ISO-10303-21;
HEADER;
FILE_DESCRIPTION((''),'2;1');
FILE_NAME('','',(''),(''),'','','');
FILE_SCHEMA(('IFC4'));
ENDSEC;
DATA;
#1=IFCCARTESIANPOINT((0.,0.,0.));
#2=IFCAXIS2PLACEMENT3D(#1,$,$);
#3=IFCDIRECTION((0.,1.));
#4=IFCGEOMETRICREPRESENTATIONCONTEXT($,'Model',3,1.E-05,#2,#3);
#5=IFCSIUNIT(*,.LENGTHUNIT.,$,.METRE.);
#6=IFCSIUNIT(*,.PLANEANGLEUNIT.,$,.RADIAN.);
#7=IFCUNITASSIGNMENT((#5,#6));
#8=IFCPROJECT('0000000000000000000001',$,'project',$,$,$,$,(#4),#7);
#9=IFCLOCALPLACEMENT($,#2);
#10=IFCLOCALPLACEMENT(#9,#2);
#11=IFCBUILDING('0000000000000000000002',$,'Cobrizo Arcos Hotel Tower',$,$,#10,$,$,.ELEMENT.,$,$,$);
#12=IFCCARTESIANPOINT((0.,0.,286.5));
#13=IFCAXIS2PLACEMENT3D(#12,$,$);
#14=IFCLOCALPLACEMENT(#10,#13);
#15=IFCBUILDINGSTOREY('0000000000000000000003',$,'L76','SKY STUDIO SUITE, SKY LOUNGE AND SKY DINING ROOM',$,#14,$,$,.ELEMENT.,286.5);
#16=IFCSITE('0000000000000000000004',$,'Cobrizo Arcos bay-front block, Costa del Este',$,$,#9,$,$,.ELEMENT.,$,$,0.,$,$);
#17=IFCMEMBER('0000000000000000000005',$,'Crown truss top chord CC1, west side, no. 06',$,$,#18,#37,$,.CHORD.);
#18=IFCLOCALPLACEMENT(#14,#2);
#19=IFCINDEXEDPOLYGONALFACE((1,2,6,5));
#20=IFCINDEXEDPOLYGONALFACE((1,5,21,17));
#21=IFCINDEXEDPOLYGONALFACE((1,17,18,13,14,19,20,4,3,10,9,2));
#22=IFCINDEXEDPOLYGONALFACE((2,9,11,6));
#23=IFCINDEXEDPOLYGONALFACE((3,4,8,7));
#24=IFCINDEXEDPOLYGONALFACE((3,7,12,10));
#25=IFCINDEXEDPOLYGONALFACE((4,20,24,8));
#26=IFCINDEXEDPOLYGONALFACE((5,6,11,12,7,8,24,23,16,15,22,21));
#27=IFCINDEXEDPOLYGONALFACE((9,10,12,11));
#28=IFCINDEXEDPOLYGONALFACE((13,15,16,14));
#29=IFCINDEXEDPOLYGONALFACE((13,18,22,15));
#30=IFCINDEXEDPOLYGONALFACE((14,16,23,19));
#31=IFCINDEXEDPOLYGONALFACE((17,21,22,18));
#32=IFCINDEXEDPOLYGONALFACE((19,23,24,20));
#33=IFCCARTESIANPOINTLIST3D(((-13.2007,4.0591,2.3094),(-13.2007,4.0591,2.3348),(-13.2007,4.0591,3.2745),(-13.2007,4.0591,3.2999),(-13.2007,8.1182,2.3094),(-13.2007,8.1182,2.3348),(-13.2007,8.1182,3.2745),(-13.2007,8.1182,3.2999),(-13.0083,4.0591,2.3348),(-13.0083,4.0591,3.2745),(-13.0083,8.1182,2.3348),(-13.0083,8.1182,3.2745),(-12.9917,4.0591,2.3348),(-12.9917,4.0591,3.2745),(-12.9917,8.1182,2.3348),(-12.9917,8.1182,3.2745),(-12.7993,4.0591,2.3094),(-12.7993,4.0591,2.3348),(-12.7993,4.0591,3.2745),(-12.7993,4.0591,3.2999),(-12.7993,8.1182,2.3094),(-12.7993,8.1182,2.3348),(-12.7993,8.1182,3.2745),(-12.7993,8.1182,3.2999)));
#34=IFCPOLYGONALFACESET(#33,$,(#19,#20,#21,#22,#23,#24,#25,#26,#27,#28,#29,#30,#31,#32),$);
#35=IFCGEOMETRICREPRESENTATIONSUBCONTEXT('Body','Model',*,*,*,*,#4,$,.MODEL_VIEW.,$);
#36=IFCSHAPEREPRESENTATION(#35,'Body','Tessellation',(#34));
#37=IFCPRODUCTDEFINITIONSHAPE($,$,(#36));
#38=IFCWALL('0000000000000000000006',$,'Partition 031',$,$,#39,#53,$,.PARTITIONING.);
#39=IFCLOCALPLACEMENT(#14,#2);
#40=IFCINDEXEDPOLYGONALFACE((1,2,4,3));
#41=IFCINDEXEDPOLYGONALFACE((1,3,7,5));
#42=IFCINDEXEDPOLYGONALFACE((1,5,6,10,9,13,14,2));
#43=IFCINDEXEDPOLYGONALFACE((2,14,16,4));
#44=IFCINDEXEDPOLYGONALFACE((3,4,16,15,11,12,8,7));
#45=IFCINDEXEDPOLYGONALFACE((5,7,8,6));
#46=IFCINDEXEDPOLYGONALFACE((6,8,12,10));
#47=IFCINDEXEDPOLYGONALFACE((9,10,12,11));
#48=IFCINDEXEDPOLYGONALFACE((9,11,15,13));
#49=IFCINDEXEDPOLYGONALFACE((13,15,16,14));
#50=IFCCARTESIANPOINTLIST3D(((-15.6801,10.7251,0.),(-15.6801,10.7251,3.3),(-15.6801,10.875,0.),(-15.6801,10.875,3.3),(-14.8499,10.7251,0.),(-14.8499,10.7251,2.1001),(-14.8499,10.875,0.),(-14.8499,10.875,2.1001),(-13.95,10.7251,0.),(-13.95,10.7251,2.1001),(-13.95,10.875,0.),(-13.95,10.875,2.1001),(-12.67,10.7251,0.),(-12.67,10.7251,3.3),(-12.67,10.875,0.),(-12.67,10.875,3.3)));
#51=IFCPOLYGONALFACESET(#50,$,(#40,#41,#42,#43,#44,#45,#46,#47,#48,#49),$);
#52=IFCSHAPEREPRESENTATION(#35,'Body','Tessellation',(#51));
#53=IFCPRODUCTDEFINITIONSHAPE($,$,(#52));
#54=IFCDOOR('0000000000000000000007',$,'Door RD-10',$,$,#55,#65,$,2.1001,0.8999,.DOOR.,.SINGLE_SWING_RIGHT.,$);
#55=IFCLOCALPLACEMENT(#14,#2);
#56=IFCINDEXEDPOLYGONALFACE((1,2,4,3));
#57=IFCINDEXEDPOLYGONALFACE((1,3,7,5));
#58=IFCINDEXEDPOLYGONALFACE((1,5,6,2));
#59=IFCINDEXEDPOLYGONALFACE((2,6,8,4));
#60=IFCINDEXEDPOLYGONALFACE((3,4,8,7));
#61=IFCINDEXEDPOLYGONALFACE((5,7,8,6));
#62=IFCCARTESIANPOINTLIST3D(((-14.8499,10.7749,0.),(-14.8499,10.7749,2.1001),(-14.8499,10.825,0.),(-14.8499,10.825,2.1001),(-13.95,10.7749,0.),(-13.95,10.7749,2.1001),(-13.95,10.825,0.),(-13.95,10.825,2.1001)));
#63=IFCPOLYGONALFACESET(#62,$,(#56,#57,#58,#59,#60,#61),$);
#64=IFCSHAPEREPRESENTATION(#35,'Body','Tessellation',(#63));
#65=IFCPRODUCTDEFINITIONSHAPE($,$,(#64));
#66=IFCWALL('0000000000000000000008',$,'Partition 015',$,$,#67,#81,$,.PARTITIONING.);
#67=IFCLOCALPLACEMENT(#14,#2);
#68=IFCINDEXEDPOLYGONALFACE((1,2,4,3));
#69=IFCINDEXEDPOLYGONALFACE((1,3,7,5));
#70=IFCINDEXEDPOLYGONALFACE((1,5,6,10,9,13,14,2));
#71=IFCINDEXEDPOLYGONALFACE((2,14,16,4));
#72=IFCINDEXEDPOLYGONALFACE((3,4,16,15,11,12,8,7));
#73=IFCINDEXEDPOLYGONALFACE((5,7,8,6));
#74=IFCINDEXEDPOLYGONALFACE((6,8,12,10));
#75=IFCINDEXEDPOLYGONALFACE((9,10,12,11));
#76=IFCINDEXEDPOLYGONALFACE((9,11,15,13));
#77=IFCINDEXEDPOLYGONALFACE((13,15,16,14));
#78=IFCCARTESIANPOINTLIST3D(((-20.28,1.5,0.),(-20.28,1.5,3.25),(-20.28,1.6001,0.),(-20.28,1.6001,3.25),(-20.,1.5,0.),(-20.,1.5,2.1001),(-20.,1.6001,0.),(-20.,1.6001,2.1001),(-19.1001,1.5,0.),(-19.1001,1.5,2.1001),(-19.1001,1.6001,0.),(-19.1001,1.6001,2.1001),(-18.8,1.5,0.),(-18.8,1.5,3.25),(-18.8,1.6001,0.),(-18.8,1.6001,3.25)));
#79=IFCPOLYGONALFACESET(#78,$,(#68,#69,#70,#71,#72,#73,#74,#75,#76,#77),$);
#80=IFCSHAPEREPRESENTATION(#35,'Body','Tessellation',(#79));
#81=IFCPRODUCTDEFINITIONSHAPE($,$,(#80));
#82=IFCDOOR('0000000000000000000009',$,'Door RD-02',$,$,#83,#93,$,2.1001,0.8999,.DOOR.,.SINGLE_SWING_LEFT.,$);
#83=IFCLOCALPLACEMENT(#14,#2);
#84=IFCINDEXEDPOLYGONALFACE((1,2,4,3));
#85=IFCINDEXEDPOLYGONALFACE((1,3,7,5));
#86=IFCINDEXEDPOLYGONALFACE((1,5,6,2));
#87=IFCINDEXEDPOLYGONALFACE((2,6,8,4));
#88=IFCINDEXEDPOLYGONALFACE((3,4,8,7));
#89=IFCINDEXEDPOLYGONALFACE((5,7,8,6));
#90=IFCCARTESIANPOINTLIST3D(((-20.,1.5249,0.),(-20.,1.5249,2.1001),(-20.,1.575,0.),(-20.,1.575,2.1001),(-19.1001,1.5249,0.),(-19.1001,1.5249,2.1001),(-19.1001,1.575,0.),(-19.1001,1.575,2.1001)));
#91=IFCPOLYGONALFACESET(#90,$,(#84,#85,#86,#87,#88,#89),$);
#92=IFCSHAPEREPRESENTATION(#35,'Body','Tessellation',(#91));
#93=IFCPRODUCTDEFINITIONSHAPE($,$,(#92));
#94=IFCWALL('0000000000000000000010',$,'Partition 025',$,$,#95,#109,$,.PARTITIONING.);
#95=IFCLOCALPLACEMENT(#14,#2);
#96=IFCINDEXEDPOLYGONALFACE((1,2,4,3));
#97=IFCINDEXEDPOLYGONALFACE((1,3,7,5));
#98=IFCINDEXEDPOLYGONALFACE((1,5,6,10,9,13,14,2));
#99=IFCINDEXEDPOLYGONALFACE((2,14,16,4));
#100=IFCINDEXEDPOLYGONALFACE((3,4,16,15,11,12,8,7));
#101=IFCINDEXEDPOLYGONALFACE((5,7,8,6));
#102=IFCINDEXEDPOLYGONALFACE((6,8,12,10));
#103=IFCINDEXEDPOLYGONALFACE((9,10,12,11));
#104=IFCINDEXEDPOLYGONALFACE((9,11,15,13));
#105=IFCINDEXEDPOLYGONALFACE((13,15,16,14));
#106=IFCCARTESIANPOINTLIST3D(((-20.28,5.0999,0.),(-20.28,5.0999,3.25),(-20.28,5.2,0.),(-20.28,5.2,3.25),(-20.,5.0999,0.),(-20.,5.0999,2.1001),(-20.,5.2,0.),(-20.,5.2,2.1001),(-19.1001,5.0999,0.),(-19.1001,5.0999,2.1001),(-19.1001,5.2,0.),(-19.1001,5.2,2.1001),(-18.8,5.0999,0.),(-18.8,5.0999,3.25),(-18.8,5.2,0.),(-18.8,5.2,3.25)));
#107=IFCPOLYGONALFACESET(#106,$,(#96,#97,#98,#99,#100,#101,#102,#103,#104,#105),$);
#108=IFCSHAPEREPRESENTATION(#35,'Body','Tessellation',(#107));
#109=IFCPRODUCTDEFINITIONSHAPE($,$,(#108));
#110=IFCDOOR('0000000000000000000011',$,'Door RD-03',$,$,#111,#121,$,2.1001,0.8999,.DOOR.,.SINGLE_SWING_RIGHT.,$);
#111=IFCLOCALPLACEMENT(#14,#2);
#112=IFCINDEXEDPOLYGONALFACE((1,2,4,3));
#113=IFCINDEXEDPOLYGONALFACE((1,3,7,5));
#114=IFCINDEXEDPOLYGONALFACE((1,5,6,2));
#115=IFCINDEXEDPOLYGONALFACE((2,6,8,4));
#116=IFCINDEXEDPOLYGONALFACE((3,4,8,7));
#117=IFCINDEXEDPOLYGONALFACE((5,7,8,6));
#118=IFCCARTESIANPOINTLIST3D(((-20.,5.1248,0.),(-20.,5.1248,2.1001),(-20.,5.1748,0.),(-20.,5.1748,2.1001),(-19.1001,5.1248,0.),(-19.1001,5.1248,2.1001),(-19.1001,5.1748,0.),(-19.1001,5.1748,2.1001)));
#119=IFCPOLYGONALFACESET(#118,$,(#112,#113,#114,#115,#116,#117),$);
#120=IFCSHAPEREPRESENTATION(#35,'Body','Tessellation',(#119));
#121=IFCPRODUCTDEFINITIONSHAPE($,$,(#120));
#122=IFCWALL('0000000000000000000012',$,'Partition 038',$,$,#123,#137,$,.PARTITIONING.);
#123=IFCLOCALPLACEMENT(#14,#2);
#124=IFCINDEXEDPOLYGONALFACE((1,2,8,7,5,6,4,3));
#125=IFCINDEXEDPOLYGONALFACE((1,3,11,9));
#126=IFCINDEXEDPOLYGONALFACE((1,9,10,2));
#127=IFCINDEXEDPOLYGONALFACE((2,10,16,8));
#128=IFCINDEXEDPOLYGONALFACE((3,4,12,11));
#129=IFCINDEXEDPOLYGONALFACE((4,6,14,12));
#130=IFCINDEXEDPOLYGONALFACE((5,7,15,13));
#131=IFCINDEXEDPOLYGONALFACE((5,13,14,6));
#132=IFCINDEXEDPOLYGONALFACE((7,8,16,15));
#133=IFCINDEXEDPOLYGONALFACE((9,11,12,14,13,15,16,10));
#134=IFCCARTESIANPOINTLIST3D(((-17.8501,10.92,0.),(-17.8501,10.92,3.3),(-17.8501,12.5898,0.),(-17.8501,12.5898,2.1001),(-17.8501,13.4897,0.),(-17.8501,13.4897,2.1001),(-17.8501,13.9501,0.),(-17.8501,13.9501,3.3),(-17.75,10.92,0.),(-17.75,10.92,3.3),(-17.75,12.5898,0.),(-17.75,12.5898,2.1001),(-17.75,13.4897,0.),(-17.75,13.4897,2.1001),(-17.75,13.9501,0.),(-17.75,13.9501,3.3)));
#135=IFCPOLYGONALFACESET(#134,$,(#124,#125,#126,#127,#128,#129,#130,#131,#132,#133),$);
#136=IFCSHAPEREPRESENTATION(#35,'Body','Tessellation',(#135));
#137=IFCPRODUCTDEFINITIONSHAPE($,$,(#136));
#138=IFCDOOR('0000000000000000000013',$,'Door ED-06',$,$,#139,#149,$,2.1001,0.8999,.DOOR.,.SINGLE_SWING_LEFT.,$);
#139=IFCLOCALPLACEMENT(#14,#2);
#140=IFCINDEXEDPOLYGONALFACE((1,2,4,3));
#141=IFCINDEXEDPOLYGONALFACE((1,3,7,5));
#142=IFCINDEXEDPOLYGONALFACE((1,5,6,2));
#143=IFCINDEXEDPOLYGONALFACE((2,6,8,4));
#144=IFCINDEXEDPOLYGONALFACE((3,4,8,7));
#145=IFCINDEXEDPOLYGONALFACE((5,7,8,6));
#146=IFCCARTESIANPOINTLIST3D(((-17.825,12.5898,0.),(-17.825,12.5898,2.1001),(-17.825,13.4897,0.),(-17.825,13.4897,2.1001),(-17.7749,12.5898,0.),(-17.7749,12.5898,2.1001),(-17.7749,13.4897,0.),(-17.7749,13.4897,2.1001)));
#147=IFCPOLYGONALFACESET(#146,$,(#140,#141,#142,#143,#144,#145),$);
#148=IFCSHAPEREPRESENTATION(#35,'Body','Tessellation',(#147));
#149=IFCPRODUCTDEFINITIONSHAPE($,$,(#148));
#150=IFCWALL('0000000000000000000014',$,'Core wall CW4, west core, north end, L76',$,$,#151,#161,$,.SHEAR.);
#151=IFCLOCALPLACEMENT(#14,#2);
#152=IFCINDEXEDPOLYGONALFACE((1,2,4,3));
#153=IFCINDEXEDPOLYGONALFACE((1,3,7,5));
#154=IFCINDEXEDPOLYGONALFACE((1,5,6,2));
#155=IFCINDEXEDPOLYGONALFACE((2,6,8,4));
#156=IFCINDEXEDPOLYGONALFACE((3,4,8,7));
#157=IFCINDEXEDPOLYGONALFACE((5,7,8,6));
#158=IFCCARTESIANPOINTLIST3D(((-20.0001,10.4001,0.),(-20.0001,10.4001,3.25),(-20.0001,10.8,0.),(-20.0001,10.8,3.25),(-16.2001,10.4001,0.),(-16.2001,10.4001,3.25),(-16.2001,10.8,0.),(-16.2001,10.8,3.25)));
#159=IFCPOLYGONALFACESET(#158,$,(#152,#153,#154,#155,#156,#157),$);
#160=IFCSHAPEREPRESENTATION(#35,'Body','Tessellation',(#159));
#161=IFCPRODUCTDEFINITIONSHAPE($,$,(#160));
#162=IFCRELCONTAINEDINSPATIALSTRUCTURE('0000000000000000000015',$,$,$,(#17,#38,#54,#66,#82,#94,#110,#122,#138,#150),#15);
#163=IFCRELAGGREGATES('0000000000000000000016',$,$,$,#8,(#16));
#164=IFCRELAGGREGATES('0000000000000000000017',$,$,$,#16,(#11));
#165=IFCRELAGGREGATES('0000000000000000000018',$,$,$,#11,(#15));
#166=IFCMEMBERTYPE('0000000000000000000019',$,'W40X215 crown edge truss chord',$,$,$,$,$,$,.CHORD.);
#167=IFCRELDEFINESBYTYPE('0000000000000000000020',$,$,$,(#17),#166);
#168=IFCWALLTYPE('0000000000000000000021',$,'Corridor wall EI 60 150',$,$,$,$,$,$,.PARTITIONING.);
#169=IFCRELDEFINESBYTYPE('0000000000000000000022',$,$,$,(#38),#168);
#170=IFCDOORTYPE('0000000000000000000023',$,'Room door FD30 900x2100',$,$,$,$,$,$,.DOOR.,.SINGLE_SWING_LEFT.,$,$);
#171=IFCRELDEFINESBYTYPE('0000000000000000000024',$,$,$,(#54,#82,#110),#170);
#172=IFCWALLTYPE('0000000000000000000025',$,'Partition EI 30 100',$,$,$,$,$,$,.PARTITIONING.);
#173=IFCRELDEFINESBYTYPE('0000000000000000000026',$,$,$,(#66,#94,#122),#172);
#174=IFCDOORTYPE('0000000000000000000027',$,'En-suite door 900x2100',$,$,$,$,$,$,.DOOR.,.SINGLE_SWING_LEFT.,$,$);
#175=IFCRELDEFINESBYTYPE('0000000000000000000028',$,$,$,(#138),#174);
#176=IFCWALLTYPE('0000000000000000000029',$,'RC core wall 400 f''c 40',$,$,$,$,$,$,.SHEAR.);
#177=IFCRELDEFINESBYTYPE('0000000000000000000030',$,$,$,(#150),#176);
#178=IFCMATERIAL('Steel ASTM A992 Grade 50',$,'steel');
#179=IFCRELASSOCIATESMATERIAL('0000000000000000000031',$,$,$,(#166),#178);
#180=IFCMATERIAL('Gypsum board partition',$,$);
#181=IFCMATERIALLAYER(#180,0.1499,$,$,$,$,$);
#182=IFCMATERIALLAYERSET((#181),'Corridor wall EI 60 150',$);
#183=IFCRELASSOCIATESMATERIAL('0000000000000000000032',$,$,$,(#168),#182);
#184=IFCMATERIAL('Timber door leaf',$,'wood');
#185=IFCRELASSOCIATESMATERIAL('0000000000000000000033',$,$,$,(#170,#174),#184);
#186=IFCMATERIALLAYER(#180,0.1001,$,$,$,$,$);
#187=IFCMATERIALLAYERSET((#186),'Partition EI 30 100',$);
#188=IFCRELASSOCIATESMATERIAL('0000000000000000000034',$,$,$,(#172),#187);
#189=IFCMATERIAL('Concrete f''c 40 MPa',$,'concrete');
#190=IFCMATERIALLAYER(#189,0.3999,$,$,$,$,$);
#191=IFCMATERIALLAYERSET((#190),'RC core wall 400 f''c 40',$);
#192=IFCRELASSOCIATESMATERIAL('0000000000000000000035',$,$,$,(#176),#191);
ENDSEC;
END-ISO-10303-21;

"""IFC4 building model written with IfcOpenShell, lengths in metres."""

from ifc_helpers import new_model, si_unit, direction, frame, frame_2d, origin, origin_2d, place, context, subcontext, project, spatial, rectangle, i_section, extrude, material, layer, layer_set, material_profile, profile_set, type_object, element, fill, save


model = new_model("IFC4")

# Units and contexts
model_context = context("Model", 3, precision=1e-05, world=origin(), true_north=direction((0.0, 1.0)))
body_context = subcontext(model_context, "Body", "Model", "MODEL_VIEW")
ifc_project = project(units=[si_unit("LENGTHUNIT", "METRE"), si_unit("PLANEANGLEUNIT", "RADIAN")], contexts=[model_context])

# Site, building, storey
site_placement = place(None, origin())
site = spatial("IfcSite", under=ifc_project, at=site_placement, Name="Cobrizo Arcos bay-front block, Costa del Este", CompositionType="ELEMENT", RefElevation=0.0)
building_placement = place(site_placement, origin())
building = spatial("IfcBuilding", under=site, at=building_placement, Name="Cobrizo Arcos Hotel Tower", CompositionType="ELEMENT")
storey_placement = place(building_placement, frame((0.0, 0.0, 286.5)))
storey = spatial("IfcBuildingStorey", under=building, at=storey_placement, Name="L76", Description="SKY STUDIO SUITE, SKY LOUNGE AND SKY DINING ROOM", CompositionType="ELEMENT", Elevation=286.5)

# Shared definitions
ifc_material_1 = material(Name="Steel ASTM A992 Grade 50", Category="steel")

# Member
ifc_material_profile_1 = material_profile(ifc_material_1, i_section(OverallWidth=0.4014, OverallDepth=0.9905, WebThickness=0.0166, FlangeThickness=0.0254, at=origin_2d()), Name="W40X215")
ifc_profile_set_1 = profile_set([ifc_material_profile_1], Name="Steel ASTM A992 Grade 50")
member_type_1 = type_object("IfcMemberType", Name="W40X215 crown edge truss chord", PredefinedType="CHORD", material=ifc_profile_set_1)
member_1_placement = place(storey_placement, frame((-13.0, 4.0591, 2.8047), z_axis=(0.0, 1.0, 0.0), x_axis=(-1.0, 0.0, 0.0)))
element("IfcMember", 1, at=member_1_placement, inside=storey, type_object=member_type_1, Name="Crown truss top chord CC1, west side, no. 06", PredefinedType="CHORD", context=body_context, shape_type="SweptSolid", body=[
    extrude(i_section(OverallWidth=0.4014, OverallDepth=0.9905, WebThickness=0.0166, FlangeThickness=0.0254, at=origin_2d()), origin(), (0.0, 0.0, 1.0), 4.0591),
])

# Walls, openings, doors
ifc_material_2 = material(Name="Gypsum board partition")
ifc_layer_1 = layer(ifc_material_2, 0.1499)
ifc_layer_set_1 = layer_set([ifc_layer_1], Name="Corridor wall EI 60 150")
wall_type_1 = type_object("IfcWallType", Name="Corridor wall EI 60 150", PredefinedType="PARTITIONING", material=ifc_layer_set_1)
wall_1_placement = place(storey_placement, frame((-15.6799, 10.8, 0.0), z_axis=(0.0, 0.0, 1.0), x_axis=(1.0, 0.0, 0.0)))
wall_1 = element("IfcWall", 2, at=wall_1_placement, inside=storey, type_object=wall_type_1, Name="Partition 031", PredefinedType="PARTITIONING", context=body_context, shape_type="SweptSolid", body=[
    extrude(rectangle(XDim=3.01, YDim=0.1499, at=frame_2d((1.5049, 0.0))), origin(), (0.0, 0.0, 1.0), 3.3),
])
opening_1_placement = place(wall_1_placement, frame((0.8301, 0.0, 0.0)))
opening_1 = element("IfcOpeningElement", 3, at=opening_1_placement, cuts=wall_1, PredefinedType="OPENING", context=body_context, shape_type="SweptSolid", body=[
    extrude(rectangle(XDim=0.8999, YDim=2.1001, at=frame_2d((0.45, 1.05))), frame((0.0, 0.0869, 0.0), z_axis=(0.0, -1.0, 0.0), x_axis=(1.0, 0.0, 0.0)), (0.0, 0.0, 1.0), 0.1738),
])
ifc_material_3 = material(Name="Timber door leaf", Category="wood")
door_type_1 = type_object("IfcDoorType", Name="Room door FD30 900x2100", OperationType="SINGLE_SWING_LEFT", PredefinedType="DOOR", material=ifc_material_3)
door_1_placement = place(opening_1_placement, origin())
door_1 = element("IfcDoor", 4, at=door_1_placement, inside=storey, type_object=door_type_1, Name="Door RD-10", OperationType="SINGLE_SWING_RIGHT", OverallHeight=2.1001, OverallWidth=0.8999, PredefinedType="DOOR", context=body_context, shape_type="SweptSolid", body=[
    extrude(rectangle(XDim=0.8999, YDim=2.1001, at=frame_2d((0.45, 1.05))), frame((0.0, 0.0249, 0.0), z_axis=(0.0, -1.0, 0.0), x_axis=(1.0, 0.0, 0.0)), (0.0, 0.0, 1.0), 0.05),
])
fill(opening_1, door_1)
ifc_layer_2 = layer(ifc_material_2, 0.1001)
ifc_layer_set_2 = layer_set([ifc_layer_2], Name="Partition EI 30 100")
wall_type_2 = type_object("IfcWallType", Name="Partition EI 30 100", PredefinedType="PARTITIONING", material=ifc_layer_set_2)
wall_2_placement = place(storey_placement, frame((-20.28, 1.55, 0.0), z_axis=(0.0, 0.0, 1.0), x_axis=(1.0, 0.0, 0.0)))
wall_2 = element("IfcWall", 5, at=wall_2_placement, inside=storey, type_object=wall_type_2, Name="Partition 015", PredefinedType="PARTITIONING", context=body_context, shape_type="SweptSolid", body=[
    extrude(rectangle(XDim=1.48, YDim=0.1001, at=frame_2d((0.74, 0.0))), origin(), (0.0, 0.0, 1.0), 3.25),
])
opening_2_placement = place(wall_2_placement, frame((0.28, 0.0, 0.0)))
opening_2 = element("IfcOpeningElement", 6, at=opening_2_placement, cuts=wall_2, PredefinedType="OPENING", context=body_context, shape_type="SweptSolid", body=[
    extrude(rectangle(XDim=0.8999, YDim=2.1001, at=frame_2d((0.45, 1.05))), frame((0.0, 0.062, 0.0), z_axis=(0.0, -1.0, 0.0), x_axis=(1.0, 0.0, 0.0)), (0.0, 0.0, 1.0), 0.124),
])
door_2_placement = place(opening_2_placement, origin())
door_2 = element("IfcDoor", 7, at=door_2_placement, inside=storey, type_object=door_type_1, Name="Door RD-02", OperationType="SINGLE_SWING_LEFT", OverallHeight=2.1001, OverallWidth=0.8999, PredefinedType="DOOR", context=body_context, shape_type="SweptSolid", body=[
    extrude(rectangle(XDim=0.8999, YDim=2.1001, at=frame_2d((0.45, 1.05))), frame((0.0, 0.0249, 0.0), z_axis=(0.0, -1.0, 0.0), x_axis=(1.0, 0.0, 0.0)), (0.0, 0.0, 1.0), 0.05),
])
fill(opening_2, door_2)
wall_3_placement = place(storey_placement, frame((-20.28, 5.1499, 0.0), z_axis=(0.0, 0.0, 1.0), x_axis=(1.0, 0.0, 0.0)))
wall_3 = element("IfcWall", 8, at=wall_3_placement, inside=storey, type_object=wall_type_2, Name="Partition 025", PredefinedType="PARTITIONING", context=body_context, shape_type="SweptSolid", body=[
    extrude(rectangle(XDim=1.48, YDim=0.1001, at=frame_2d((0.74, 0.0))), origin(), (0.0, 0.0, 1.0), 3.25),
])
opening_3_placement = place(wall_3_placement, frame((0.28, 0.0, 0.0)))
opening_3 = element("IfcOpeningElement", 9, at=opening_3_placement, cuts=wall_3, PredefinedType="OPENING", context=body_context, shape_type="SweptSolid", body=[
    extrude(rectangle(XDim=0.8999, YDim=2.1001, at=frame_2d((0.45, 1.05))), frame((0.0, 0.062, 0.0), z_axis=(0.0, -1.0, 0.0), x_axis=(1.0, 0.0, 0.0)), (0.0, 0.0, 1.0), 0.124),
])
door_3_placement = place(opening_3_placement, origin())
door_3 = element("IfcDoor", 10, at=door_3_placement, inside=storey, type_object=door_type_1, Name="Door RD-03", OperationType="SINGLE_SWING_RIGHT", OverallHeight=2.1001, OverallWidth=0.8999, PredefinedType="DOOR", context=body_context, shape_type="SweptSolid", body=[
    extrude(rectangle(XDim=0.8999, YDim=2.1001, at=frame_2d((0.45, 1.05))), frame((0.0, 0.0249, 0.0), z_axis=(0.0, -1.0, 0.0), x_axis=(1.0, 0.0, 0.0)), (0.0, 0.0, 1.0), 0.05),
])
fill(opening_3, door_3)
wall_4_placement = place(storey_placement, frame((-17.8, 10.9199, 0.0), z_axis=(0.0, 0.0, 1.0), x_axis=(0.0, 1.0, 0.0)))
wall_4 = element("IfcWall", 11, at=wall_4_placement, inside=storey, type_object=wall_type_2, Name="Partition 038", PredefinedType="PARTITIONING", context=body_context, shape_type="SweptSolid", body=[
    extrude(rectangle(XDim=3.03, YDim=0.1001, at=frame_2d((1.5151, 0.0))), origin(), (0.0, 0.0, 1.0), 3.3),
])
opening_4_placement = place(wall_4_placement, frame((1.6699, 0.0, 0.0)))
opening_4 = element("IfcOpeningElement", 12, at=opening_4_placement, cuts=wall_4, PredefinedType="OPENING", context=body_context, shape_type="SweptSolid", body=[
    extrude(rectangle(XDim=0.8999, YDim=2.1001, at=frame_2d((0.45, 1.05))), frame((0.0, 0.062, 0.0), z_axis=(0.0, -1.0, 0.0), x_axis=(1.0, 0.0, 0.0)), (0.0, 0.0, 1.0), 0.124),
])
door_type_2 = type_object("IfcDoorType", Name="En-suite door 900x2100", OperationType="SINGLE_SWING_LEFT", PredefinedType="DOOR", material=ifc_material_3)
door_4_placement = place(opening_4_placement, origin())
door_4 = element("IfcDoor", 13, at=door_4_placement, inside=storey, type_object=door_type_2, Name="Door ED-06", OperationType="SINGLE_SWING_LEFT", OverallHeight=2.1001, OverallWidth=0.8999, PredefinedType="DOOR", context=body_context, shape_type="SweptSolid", body=[
    extrude(rectangle(XDim=0.8999, YDim=2.1001, at=frame_2d((0.45, 1.05))), frame((0.0, 0.0249, 0.0), z_axis=(0.0, -1.0, 0.0), x_axis=(1.0, 0.0, 0.0)), (0.0, 0.0, 1.0), 0.05),
])
fill(opening_4, door_4)

# Wall
ifc_material_4 = material(Name="Concrete f'c 40 MPa", Category="concrete")
ifc_layer_3 = layer(ifc_material_4, 0.3999)
ifc_layer_set_3 = layer_set([ifc_layer_3], Name="RC core wall 400 f'c 40")
wall_type_3 = type_object("IfcWallType", Name="RC core wall 400 f'c 40", PredefinedType="SHEAR", material=ifc_layer_set_3)
wall_5_placement = place(storey_placement, frame((-20.0, 10.6001, 0.0), z_axis=(0.0, 0.0, 1.0), x_axis=(1.0, 0.0, 0.0)))
element("IfcWall", 14, at=wall_5_placement, inside=storey, type_object=wall_type_3, Name="Core wall CW4, west core, north end, L76", PredefinedType="SHEAR", context=body_context, shape_type="SweptSolid", body=[
    extrude(rectangle(XDim=3.8, YDim=0.3999, at=frame_2d((1.8999, 0.0))), origin(), (0.0, 0.0, 1.0), 3.25),
])

save(model, "model.ifc")
